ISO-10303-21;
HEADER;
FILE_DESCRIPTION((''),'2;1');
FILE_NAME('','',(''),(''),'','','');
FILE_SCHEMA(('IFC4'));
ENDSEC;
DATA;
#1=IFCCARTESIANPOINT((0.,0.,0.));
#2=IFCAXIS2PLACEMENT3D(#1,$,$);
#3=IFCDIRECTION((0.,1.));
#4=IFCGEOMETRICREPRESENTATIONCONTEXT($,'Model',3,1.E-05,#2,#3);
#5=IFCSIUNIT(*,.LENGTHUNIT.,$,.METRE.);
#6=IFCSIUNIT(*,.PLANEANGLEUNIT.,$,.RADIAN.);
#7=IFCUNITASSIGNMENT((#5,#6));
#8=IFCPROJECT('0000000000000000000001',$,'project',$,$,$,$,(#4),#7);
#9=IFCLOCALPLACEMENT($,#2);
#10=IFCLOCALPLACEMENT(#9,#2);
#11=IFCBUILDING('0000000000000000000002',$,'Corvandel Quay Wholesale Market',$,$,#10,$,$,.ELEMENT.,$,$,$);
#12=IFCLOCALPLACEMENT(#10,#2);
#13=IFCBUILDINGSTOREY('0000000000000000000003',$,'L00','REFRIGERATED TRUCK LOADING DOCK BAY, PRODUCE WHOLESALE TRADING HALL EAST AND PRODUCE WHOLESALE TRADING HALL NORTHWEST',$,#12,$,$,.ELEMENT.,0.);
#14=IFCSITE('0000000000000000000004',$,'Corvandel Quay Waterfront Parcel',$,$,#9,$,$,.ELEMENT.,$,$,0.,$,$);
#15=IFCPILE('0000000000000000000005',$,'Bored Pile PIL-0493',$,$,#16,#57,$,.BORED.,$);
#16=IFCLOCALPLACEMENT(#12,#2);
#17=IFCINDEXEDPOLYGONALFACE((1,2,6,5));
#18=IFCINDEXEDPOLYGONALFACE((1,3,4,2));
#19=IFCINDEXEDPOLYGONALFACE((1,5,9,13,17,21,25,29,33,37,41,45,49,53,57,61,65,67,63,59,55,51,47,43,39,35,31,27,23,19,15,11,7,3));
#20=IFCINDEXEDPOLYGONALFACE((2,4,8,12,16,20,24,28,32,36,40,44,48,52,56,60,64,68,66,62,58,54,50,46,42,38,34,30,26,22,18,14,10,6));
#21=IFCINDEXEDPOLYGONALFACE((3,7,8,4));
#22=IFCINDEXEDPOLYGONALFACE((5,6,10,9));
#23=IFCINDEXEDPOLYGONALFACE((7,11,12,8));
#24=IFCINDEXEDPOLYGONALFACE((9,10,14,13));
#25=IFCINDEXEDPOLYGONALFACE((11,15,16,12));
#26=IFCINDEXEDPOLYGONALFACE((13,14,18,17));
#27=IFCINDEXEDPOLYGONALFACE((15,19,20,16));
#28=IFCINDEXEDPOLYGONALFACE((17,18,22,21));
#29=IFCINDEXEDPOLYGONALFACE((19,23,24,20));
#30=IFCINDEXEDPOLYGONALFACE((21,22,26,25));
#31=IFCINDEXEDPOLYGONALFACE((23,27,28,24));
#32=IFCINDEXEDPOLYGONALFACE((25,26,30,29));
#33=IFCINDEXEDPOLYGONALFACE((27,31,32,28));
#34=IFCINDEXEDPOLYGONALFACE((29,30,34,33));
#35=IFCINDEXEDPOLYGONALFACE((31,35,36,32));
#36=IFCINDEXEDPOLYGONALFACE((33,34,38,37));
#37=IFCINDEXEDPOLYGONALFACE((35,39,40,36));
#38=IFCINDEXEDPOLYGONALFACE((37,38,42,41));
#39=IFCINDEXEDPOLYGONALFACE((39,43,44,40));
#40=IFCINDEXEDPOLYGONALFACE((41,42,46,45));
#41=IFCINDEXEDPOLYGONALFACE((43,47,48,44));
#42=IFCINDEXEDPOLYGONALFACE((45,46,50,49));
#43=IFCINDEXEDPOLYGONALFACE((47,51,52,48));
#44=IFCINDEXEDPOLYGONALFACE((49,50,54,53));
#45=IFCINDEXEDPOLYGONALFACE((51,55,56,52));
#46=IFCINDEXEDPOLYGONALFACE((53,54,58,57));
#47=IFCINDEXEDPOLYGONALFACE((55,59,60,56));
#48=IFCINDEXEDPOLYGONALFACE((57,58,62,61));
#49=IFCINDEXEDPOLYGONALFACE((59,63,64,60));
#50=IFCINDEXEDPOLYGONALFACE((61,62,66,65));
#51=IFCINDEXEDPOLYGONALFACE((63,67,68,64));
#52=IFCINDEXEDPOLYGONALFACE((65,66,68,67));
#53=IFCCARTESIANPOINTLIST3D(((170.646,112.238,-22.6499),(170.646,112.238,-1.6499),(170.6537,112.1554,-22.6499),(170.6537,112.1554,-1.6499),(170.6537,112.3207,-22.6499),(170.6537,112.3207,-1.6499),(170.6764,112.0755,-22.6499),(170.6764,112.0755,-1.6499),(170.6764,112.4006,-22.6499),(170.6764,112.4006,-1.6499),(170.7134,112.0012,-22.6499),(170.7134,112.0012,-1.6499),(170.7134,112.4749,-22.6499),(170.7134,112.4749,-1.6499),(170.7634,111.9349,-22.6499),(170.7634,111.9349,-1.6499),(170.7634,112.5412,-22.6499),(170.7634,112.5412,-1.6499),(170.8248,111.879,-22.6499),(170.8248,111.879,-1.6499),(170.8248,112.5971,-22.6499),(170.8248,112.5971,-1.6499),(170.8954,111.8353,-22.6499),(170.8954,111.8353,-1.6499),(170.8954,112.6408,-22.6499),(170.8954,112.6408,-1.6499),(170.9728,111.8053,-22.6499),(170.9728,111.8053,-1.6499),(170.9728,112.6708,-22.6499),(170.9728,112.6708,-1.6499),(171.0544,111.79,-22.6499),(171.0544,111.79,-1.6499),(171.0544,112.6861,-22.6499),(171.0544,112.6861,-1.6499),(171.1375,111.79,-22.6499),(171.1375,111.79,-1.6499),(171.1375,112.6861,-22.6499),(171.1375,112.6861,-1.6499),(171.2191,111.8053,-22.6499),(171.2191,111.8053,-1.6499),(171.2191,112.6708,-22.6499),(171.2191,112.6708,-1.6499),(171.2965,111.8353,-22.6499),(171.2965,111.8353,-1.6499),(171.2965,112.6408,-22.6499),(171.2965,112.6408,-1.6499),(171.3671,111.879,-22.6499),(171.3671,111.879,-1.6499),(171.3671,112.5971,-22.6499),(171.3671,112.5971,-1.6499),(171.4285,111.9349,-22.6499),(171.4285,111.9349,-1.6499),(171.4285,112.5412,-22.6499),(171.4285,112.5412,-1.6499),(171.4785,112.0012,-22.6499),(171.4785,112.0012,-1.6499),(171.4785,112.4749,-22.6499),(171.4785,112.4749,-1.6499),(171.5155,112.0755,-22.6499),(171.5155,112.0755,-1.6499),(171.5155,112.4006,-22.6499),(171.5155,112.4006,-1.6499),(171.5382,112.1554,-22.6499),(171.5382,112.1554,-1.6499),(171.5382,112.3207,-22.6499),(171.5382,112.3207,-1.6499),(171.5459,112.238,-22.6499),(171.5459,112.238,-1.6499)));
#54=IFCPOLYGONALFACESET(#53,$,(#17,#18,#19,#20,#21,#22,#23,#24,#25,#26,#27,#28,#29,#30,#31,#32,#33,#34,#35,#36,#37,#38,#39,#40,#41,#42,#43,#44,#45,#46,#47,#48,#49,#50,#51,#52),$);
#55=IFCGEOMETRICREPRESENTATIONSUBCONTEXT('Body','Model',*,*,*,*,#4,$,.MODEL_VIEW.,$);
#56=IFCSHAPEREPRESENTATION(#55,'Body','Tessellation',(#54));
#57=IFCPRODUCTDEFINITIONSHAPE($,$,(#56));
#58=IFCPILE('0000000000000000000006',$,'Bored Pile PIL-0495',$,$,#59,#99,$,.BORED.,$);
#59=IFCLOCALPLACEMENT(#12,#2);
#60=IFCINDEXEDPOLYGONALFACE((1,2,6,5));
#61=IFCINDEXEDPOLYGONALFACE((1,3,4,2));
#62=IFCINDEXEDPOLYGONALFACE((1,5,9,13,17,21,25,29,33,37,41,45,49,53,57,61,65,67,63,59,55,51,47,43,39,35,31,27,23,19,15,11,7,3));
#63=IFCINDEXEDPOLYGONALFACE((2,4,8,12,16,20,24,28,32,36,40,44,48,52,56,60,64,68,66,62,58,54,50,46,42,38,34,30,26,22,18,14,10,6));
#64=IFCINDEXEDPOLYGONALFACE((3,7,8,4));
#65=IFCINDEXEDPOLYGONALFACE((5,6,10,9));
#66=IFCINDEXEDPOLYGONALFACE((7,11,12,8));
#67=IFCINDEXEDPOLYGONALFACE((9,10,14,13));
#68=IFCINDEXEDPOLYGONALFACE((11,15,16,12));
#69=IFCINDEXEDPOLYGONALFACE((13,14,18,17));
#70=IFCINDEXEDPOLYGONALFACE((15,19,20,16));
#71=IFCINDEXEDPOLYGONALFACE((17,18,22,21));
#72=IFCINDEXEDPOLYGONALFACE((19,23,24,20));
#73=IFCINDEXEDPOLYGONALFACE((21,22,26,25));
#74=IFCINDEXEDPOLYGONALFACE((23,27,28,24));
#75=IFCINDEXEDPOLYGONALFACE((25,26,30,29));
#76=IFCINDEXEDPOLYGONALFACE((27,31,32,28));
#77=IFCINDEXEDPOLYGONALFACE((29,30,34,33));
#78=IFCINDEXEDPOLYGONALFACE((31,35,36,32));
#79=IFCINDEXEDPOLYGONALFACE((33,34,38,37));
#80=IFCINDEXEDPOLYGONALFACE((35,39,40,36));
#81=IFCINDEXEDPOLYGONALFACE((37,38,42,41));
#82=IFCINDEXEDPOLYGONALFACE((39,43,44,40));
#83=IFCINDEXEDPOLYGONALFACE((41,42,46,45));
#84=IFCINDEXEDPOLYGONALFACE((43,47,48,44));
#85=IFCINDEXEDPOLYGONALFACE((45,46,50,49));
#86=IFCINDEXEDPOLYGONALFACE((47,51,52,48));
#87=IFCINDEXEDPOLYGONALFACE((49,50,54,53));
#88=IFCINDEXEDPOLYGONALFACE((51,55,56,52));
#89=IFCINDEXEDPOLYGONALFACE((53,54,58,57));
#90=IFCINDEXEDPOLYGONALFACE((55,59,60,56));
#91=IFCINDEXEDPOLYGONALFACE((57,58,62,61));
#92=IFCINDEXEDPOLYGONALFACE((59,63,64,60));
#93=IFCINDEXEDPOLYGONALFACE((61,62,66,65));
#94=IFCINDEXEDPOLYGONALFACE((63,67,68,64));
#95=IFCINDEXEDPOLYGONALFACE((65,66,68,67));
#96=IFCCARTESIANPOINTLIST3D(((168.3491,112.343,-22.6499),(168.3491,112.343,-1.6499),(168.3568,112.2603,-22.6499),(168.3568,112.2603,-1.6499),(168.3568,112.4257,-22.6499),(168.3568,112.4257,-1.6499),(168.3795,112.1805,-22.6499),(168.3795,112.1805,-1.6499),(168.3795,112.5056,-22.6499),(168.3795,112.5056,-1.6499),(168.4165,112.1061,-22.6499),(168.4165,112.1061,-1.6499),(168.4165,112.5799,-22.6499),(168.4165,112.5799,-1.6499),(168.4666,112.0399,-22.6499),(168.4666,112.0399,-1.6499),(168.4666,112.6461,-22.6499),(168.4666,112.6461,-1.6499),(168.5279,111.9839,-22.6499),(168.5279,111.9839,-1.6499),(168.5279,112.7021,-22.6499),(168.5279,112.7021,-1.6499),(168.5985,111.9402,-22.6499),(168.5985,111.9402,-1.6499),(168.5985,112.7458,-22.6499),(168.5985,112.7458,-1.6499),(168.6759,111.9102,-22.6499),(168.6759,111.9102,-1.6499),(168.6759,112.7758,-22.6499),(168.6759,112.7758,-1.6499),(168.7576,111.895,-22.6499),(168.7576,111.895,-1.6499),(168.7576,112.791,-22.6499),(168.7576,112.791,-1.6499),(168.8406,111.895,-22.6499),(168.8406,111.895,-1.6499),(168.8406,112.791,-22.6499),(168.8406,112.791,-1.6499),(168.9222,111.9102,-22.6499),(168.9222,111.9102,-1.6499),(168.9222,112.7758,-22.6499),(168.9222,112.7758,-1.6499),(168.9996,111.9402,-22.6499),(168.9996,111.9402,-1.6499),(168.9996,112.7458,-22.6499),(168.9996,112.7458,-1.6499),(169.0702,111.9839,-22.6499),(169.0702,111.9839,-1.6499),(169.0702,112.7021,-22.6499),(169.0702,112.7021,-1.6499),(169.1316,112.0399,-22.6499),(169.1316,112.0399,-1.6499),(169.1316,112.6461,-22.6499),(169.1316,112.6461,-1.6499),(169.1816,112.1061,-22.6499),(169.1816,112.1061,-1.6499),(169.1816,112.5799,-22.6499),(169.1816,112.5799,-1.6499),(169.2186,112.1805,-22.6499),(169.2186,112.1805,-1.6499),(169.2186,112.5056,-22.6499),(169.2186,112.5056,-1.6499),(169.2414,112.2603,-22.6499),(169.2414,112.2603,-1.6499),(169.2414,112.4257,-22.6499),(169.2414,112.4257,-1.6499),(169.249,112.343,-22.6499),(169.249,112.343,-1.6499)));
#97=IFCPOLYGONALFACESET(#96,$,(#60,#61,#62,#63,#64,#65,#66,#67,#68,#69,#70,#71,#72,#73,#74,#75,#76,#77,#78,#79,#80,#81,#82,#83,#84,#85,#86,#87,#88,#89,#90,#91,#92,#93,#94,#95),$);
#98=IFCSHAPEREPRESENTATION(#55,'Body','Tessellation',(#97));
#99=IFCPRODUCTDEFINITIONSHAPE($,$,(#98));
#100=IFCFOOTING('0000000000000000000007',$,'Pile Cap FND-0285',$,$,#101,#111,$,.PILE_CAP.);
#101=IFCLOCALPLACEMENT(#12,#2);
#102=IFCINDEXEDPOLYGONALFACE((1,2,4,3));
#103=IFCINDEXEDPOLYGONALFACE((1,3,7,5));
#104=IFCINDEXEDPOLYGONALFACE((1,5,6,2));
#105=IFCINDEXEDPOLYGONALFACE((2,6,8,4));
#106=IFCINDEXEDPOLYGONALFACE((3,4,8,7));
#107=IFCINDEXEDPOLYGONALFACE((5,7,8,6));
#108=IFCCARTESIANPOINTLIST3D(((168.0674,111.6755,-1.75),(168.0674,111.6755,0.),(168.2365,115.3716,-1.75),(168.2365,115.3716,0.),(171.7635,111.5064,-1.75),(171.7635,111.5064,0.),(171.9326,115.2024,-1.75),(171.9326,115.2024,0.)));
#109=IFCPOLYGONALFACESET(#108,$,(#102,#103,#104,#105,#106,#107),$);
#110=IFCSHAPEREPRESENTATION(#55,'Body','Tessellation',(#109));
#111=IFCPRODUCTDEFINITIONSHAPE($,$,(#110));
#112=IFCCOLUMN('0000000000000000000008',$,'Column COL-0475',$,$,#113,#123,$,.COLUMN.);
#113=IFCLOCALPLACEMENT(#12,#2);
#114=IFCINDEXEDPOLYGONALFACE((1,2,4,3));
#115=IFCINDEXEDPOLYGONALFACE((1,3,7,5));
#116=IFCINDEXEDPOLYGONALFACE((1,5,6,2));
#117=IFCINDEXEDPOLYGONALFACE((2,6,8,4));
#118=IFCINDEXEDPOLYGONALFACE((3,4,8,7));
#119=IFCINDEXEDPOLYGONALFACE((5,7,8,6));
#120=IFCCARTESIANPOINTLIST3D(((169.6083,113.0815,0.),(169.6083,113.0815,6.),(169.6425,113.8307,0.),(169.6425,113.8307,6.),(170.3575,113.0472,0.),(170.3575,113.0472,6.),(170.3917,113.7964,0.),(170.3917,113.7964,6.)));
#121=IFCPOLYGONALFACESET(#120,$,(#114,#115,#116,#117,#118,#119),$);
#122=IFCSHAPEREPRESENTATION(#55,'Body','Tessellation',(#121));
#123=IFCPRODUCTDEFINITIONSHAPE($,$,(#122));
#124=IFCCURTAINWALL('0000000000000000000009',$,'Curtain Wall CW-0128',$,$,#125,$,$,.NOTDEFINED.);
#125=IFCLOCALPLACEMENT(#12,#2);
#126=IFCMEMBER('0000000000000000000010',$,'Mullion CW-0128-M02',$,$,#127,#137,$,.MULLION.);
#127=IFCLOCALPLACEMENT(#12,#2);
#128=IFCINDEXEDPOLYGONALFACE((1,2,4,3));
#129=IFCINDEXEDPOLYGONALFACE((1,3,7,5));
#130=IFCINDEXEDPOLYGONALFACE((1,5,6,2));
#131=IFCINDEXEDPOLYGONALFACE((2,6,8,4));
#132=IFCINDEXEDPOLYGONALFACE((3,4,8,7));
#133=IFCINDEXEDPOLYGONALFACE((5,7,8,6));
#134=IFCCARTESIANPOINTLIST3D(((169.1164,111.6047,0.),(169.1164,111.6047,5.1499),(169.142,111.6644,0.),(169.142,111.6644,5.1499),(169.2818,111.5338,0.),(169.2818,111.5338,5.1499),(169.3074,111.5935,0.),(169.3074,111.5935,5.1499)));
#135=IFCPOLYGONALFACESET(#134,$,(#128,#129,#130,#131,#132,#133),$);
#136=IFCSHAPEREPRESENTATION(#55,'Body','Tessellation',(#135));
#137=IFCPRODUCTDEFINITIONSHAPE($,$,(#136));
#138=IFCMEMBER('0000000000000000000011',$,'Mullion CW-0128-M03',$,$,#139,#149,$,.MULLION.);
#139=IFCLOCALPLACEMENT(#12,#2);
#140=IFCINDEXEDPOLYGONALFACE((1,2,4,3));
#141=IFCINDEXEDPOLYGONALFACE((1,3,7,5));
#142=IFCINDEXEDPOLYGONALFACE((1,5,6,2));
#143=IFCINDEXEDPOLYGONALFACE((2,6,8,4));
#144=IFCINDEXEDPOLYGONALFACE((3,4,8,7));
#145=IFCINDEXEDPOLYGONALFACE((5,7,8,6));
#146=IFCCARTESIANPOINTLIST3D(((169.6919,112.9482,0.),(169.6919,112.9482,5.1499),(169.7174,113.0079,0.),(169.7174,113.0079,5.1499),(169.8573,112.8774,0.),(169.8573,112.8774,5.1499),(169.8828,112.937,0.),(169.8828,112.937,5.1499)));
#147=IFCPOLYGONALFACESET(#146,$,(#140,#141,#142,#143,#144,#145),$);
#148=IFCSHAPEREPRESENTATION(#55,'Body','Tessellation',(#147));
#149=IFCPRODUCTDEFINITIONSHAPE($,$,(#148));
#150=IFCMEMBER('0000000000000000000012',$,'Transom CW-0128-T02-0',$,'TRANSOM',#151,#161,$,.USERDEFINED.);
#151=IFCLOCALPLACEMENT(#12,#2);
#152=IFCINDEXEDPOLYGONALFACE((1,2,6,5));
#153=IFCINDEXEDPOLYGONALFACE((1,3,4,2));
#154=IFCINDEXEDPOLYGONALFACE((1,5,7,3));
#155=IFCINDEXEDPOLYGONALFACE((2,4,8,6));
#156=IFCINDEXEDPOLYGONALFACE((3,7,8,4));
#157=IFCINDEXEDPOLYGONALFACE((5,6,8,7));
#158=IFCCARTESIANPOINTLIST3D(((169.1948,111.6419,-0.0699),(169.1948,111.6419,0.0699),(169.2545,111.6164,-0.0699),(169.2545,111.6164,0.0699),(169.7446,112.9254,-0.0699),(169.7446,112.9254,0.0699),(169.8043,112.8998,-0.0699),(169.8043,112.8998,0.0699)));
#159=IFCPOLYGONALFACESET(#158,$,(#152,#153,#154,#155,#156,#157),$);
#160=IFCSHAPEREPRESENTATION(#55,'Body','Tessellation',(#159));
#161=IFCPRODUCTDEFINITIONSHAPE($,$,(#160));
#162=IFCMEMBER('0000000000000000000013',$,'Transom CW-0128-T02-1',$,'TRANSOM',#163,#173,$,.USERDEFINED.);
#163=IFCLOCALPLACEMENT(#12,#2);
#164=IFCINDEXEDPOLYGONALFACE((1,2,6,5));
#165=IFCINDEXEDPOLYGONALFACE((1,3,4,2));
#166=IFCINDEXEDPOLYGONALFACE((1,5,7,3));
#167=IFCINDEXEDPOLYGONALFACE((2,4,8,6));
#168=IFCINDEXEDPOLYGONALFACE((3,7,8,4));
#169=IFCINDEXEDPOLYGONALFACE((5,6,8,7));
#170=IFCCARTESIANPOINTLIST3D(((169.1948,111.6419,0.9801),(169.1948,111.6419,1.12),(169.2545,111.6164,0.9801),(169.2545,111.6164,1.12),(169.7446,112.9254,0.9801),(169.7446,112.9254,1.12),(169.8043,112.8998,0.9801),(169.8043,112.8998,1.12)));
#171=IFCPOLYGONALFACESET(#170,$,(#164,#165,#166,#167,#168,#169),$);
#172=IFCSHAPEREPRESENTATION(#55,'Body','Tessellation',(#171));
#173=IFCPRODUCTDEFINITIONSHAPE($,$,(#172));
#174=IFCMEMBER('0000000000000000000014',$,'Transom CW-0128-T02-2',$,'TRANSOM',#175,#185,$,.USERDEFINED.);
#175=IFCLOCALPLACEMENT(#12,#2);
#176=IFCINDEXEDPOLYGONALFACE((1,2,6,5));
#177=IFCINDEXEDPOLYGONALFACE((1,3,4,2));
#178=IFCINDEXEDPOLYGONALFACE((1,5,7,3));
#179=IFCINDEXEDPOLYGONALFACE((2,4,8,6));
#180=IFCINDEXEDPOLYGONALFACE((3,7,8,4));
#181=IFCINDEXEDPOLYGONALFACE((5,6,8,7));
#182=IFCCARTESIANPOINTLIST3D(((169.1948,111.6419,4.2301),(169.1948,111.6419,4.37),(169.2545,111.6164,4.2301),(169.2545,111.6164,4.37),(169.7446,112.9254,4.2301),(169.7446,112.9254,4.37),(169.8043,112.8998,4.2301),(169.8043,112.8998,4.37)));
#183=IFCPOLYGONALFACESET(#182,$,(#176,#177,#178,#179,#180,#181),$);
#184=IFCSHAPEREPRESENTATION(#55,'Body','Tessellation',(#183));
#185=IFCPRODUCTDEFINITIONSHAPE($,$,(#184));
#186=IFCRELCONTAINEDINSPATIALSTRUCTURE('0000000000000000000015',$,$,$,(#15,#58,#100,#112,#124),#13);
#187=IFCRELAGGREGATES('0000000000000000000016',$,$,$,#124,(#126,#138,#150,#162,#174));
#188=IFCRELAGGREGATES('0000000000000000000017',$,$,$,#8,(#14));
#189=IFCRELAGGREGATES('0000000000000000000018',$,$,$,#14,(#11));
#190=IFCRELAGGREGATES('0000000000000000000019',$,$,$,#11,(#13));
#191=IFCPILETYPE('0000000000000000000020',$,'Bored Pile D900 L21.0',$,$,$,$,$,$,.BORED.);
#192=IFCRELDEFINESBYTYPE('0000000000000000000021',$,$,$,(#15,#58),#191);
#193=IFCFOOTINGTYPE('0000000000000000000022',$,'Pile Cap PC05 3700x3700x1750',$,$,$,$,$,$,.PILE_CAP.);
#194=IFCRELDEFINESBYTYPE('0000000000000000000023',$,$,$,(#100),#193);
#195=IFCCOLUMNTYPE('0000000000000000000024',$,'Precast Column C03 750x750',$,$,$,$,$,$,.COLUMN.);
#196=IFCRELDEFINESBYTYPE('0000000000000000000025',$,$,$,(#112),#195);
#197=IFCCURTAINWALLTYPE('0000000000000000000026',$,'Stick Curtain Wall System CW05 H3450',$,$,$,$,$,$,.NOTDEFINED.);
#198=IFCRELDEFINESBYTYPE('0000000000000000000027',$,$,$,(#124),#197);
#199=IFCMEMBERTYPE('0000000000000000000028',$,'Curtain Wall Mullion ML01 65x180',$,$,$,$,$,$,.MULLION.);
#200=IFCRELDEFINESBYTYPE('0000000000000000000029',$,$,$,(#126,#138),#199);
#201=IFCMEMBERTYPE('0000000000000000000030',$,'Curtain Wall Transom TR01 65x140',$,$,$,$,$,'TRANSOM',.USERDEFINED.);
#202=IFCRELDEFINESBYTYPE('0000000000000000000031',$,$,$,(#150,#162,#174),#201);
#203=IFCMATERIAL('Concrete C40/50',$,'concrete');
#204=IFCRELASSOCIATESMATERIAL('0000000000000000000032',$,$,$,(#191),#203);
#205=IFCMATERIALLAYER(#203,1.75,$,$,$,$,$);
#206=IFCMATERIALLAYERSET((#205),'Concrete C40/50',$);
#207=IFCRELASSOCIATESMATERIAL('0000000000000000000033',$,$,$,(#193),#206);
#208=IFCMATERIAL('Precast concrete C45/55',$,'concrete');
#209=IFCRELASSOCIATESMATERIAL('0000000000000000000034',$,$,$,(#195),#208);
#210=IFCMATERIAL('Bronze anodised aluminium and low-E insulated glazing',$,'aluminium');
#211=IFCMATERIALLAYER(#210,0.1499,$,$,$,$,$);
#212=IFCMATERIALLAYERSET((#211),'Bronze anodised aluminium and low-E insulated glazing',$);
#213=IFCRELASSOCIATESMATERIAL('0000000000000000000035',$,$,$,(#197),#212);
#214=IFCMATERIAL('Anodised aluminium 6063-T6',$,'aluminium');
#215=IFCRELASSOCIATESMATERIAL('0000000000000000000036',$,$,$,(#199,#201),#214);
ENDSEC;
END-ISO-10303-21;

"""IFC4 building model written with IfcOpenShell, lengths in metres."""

from ifc_helpers import new_model, si_unit, direction, frame, origin, origin_2d, place, context, subcontext, project, spatial, rectangle, circle, extrude, material, layer, layer_set, material_profile, profile_set, type_object, element, aggregate, save


model = new_model("IFC4")

# Units and contexts
model_context = context("Model", 3, precision=1e-05, world=origin(), true_north=direction((0.0, 1.0)))
body_context = subcontext(model_context, "Body", "Model", "MODEL_VIEW")
ifc_project = project(units=[si_unit("LENGTHUNIT", "METRE"), si_unit("PLANEANGLEUNIT", "RADIAN")], contexts=[model_context])

# Site, building, storey
site_placement = place(None, origin())
site = spatial("IfcSite", under=ifc_project, at=site_placement, Name="Corvandel Quay Waterfront Parcel", CompositionType="ELEMENT", RefElevation=0.0)
building_placement = place(site_placement, origin())
building = spatial("IfcBuilding", under=site, at=building_placement, Name="Corvandel Quay Wholesale Market", CompositionType="ELEMENT")
storey_placement = place(building_placement, origin())
storey = spatial("IfcBuildingStorey", under=building, at=storey_placement, Name="L00", Description="REFRIGERATED TRUCK LOADING DOCK BAY, PRODUCE WHOLESALE TRADING HALL EAST AND PRODUCE WHOLESALE TRADING HALL NORTHWEST", CompositionType="ELEMENT", Elevation=0.0)

# Piles
ifc_material_1 = material(Name="Concrete C40/50", Category="concrete")
ifc_material_profile_1 = material_profile(ifc_material_1, circle(Radius=0.45, at=origin_2d()), Name="RC-PILE-D900")
ifc_profile_set_1 = profile_set([ifc_material_profile_1], Name="Concrete C40/50")
pile_type = type_object("IfcPileType", Name="Bored Pile D900 L21.0", PredefinedType="BORED", material=ifc_profile_set_1)
for number, where, z_axis, x_axis, name in (
    (1, (171.0959, 112.238, -1.6499), (0.0, 0.0, -1.0), (1.0, 0.0, 0.0), "Bored Pile PIL-0493"),
    (2, (168.7991, 112.343, -1.6499), (0.0, 0.0, -1.0), (1.0, 0.0, 0.0), "Bored Pile PIL-0495"),
):
    element("IfcPile", number, at=place(storey_placement, frame(where, z_axis=z_axis, x_axis=x_axis)), inside=storey, type_object=pile_type, Name=name, PredefinedType="BORED", context=body_context, shape_type="SweptSolid", body=[
        extrude(circle(Radius=0.45, at=origin_2d()), origin(), (0.0, 0.0, 1.0), 21.0),
    ])

# Footing
ifc_layer_1 = layer(ifc_material_1, 1.75)
ifc_layer_set_1 = layer_set([ifc_layer_1], Name="Concrete C40/50")
footing_type = type_object("IfcFootingType", Name="Pile Cap PC05 3700x3700x1750", PredefinedType="PILE_CAP", material=ifc_layer_set_1)
footing_placement = place(storey_placement, frame((170.0, 113.439, -1.75), z_axis=(0.0, 0.0, 1.0), x_axis=(0.045712, 0.998955, 0.0)))
element("IfcFooting", 3, at=footing_placement, inside=storey, type_object=footing_type, Name="Pile Cap FND-0285", PredefinedType="PILE_CAP", context=body_context, shape_type="SweptSolid", body=[
    extrude(rectangle(XDim=3.7, YDim=3.7, at=origin_2d()), origin(), (0.0, 0.0, 1.0), 1.75),
])

# Column
ifc_material_2 = material(Name="Precast concrete C45/55", Category="concrete")
ifc_material_profile_2 = material_profile(ifc_material_2, rectangle(XDim=0.75, YDim=0.75, at=origin_2d()), Name="PC-COL-750x750")
ifc_profile_set_2 = profile_set([ifc_material_profile_2], Name="Precast concrete C45/55")
column_type = type_object("IfcColumnType", Name="Precast Column C03 750x750", PredefinedType="COLUMN", material=ifc_profile_set_2)
column_placement = place(storey_placement, frame((170.0, 113.439, 0.0), z_axis=(0.0, 0.0, 1.0), x_axis=(0.045712, 0.998955, 0.0)))
element("IfcColumn", 4, at=column_placement, inside=storey, type_object=column_type, Name="Column COL-0475", PredefinedType="COLUMN", context=body_context, shape_type="SweptSolid", body=[
    extrude(rectangle(XDim=0.75, YDim=0.75, at=origin_2d()), origin(), (0.0, 0.0, 1.0), 6.0),
])

# Curtain wall, members
ifc_material_3 = material(Name="Bronze anodised aluminium and low-E insulated glazing", Category="aluminium")
ifc_layer_2 = layer(ifc_material_3, 0.1499)
ifc_layer_set_2 = layer_set([ifc_layer_2], Name="Bronze anodised aluminium and low-E insulated glazing")
curtain_wall_type = type_object("IfcCurtainWallType", Name="Stick Curtain Wall System CW05 H3450", PredefinedType="NOTDEFINED", material=ifc_layer_set_2)
curtain_wall_placement = place(storey_placement, origin())
curtain_wall = element("IfcCurtainWall", 5, at=curtain_wall_placement, inside=storey, type_object=curtain_wall_type, Name="Curtain Wall CW-0128", PredefinedType="NOTDEFINED")
ifc_material_4 = material(Name="Anodised aluminium 6063-T6", Category="aluminium")
ifc_material_profile_3 = material_profile(ifc_material_4, rectangle(XDim=0.0649, YDim=0.1799, at=origin_2d()), Name="ALU-MUL-65x180")
ifc_profile_set_3 = profile_set([ifc_material_profile_3], Name="Anodised aluminium 6063-T6")
member_type_1 = type_object("IfcMemberType", Name="Curtain Wall Mullion ML01 65x180", PredefinedType="MULLION", material=ifc_profile_set_3)
member_1_placement = place(storey_placement, frame((169.2119, 111.5991, 0.0), z_axis=(0.0, 0.0, 1.0), x_axis=(0.393781, 0.919204, 0.0)))
member_1 = element("IfcMember", 6, at=member_1_placement, type_object=member_type_1, Name="Mullion CW-0128-M02", PredefinedType="MULLION", context=body_context, shape_type="SweptSolid", body=[
    extrude(rectangle(XDim=0.0649, YDim=0.1799, at=origin_2d()), origin(), (0.0, 0.0, 1.0), 5.1499),
])
member_2_placement = place(storey_placement, frame((169.7874, 112.9426, 0.0), z_axis=(0.0, 0.0, 1.0), x_axis=(0.393781, 0.919204, 0.0)))
member_2 = element("IfcMember", 7, at=member_2_placement, type_object=member_type_1, Name="Mullion CW-0128-M03", PredefinedType="MULLION", context=body_context, shape_type="SweptSolid", body=[
    extrude(rectangle(XDim=0.0649, YDim=0.1799, at=origin_2d()), origin(), (0.0, 0.0, 1.0), 5.1499),
])
ifc_material_profile_4 = material_profile(ifc_material_4, rectangle(XDim=0.0649, YDim=0.1399, at=origin_2d()), Name="ALU-TRN-65x140")
ifc_profile_set_4 = profile_set([ifc_material_profile_4], Name="Anodised aluminium 6063-T6")
member_type_2 = type_object("IfcMemberType", Name="Curtain Wall Transom TR01 65x140", ElementType="TRANSOM", PredefinedType="USERDEFINED", material=ifc_profile_set_4)
member_3_placement = place(storey_placement, frame((169.2246, 111.6292, 0.0), z_axis=(0.393772, 0.919208, 0.0), x_axis=(-0.919208, 0.393772, 0.0)))
member_3 = element("IfcMember", 8, at=member_3_placement, type_object=member_type_2, Name="Transom CW-0128-T02-0", ObjectType="TRANSOM", PredefinedType="USERDEFINED", context=body_context, shape_type="SweptSolid", body=[
    extrude(rectangle(XDim=0.0649, YDim=0.1399, at=origin_2d()), origin(), (0.0, 0.0, 1.0), 1.3962),
])
member_4_placement = place(storey_placement, frame((169.2246, 111.6292, 1.05), z_axis=(0.393772, 0.919208, 0.0), x_axis=(-0.919208, 0.393772, 0.0)))
member_4 = element("IfcMember", 9, at=member_4_placement, type_object=member_type_2, Name="Transom CW-0128-T02-1", ObjectType="TRANSOM", PredefinedType="USERDEFINED", context=body_context, shape_type="SweptSolid", body=[
    extrude(rectangle(XDim=0.0649, YDim=0.1399, at=origin_2d()), origin(), (0.0, 0.0, 1.0), 1.3962),
])
member_5_placement = place(storey_placement, frame((169.2246, 111.6292, 4.3), z_axis=(0.393772, 0.919208, 0.0), x_axis=(-0.919208, 0.393772, 0.0)))
member_5 = element("IfcMember", 10, at=member_5_placement, type_object=member_type_2, Name="Transom CW-0128-T02-2", ObjectType="TRANSOM", PredefinedType="USERDEFINED", context=body_context, shape_type="SweptSolid", body=[
    extrude(rectangle(XDim=0.0649, YDim=0.1399, at=origin_2d()), origin(), (0.0, 0.0, 1.0), 1.3962),
])
aggregate(curtain_wall, [member_1, member_2, member_3, member_4, member_5])

save(model, "model.ifc")
